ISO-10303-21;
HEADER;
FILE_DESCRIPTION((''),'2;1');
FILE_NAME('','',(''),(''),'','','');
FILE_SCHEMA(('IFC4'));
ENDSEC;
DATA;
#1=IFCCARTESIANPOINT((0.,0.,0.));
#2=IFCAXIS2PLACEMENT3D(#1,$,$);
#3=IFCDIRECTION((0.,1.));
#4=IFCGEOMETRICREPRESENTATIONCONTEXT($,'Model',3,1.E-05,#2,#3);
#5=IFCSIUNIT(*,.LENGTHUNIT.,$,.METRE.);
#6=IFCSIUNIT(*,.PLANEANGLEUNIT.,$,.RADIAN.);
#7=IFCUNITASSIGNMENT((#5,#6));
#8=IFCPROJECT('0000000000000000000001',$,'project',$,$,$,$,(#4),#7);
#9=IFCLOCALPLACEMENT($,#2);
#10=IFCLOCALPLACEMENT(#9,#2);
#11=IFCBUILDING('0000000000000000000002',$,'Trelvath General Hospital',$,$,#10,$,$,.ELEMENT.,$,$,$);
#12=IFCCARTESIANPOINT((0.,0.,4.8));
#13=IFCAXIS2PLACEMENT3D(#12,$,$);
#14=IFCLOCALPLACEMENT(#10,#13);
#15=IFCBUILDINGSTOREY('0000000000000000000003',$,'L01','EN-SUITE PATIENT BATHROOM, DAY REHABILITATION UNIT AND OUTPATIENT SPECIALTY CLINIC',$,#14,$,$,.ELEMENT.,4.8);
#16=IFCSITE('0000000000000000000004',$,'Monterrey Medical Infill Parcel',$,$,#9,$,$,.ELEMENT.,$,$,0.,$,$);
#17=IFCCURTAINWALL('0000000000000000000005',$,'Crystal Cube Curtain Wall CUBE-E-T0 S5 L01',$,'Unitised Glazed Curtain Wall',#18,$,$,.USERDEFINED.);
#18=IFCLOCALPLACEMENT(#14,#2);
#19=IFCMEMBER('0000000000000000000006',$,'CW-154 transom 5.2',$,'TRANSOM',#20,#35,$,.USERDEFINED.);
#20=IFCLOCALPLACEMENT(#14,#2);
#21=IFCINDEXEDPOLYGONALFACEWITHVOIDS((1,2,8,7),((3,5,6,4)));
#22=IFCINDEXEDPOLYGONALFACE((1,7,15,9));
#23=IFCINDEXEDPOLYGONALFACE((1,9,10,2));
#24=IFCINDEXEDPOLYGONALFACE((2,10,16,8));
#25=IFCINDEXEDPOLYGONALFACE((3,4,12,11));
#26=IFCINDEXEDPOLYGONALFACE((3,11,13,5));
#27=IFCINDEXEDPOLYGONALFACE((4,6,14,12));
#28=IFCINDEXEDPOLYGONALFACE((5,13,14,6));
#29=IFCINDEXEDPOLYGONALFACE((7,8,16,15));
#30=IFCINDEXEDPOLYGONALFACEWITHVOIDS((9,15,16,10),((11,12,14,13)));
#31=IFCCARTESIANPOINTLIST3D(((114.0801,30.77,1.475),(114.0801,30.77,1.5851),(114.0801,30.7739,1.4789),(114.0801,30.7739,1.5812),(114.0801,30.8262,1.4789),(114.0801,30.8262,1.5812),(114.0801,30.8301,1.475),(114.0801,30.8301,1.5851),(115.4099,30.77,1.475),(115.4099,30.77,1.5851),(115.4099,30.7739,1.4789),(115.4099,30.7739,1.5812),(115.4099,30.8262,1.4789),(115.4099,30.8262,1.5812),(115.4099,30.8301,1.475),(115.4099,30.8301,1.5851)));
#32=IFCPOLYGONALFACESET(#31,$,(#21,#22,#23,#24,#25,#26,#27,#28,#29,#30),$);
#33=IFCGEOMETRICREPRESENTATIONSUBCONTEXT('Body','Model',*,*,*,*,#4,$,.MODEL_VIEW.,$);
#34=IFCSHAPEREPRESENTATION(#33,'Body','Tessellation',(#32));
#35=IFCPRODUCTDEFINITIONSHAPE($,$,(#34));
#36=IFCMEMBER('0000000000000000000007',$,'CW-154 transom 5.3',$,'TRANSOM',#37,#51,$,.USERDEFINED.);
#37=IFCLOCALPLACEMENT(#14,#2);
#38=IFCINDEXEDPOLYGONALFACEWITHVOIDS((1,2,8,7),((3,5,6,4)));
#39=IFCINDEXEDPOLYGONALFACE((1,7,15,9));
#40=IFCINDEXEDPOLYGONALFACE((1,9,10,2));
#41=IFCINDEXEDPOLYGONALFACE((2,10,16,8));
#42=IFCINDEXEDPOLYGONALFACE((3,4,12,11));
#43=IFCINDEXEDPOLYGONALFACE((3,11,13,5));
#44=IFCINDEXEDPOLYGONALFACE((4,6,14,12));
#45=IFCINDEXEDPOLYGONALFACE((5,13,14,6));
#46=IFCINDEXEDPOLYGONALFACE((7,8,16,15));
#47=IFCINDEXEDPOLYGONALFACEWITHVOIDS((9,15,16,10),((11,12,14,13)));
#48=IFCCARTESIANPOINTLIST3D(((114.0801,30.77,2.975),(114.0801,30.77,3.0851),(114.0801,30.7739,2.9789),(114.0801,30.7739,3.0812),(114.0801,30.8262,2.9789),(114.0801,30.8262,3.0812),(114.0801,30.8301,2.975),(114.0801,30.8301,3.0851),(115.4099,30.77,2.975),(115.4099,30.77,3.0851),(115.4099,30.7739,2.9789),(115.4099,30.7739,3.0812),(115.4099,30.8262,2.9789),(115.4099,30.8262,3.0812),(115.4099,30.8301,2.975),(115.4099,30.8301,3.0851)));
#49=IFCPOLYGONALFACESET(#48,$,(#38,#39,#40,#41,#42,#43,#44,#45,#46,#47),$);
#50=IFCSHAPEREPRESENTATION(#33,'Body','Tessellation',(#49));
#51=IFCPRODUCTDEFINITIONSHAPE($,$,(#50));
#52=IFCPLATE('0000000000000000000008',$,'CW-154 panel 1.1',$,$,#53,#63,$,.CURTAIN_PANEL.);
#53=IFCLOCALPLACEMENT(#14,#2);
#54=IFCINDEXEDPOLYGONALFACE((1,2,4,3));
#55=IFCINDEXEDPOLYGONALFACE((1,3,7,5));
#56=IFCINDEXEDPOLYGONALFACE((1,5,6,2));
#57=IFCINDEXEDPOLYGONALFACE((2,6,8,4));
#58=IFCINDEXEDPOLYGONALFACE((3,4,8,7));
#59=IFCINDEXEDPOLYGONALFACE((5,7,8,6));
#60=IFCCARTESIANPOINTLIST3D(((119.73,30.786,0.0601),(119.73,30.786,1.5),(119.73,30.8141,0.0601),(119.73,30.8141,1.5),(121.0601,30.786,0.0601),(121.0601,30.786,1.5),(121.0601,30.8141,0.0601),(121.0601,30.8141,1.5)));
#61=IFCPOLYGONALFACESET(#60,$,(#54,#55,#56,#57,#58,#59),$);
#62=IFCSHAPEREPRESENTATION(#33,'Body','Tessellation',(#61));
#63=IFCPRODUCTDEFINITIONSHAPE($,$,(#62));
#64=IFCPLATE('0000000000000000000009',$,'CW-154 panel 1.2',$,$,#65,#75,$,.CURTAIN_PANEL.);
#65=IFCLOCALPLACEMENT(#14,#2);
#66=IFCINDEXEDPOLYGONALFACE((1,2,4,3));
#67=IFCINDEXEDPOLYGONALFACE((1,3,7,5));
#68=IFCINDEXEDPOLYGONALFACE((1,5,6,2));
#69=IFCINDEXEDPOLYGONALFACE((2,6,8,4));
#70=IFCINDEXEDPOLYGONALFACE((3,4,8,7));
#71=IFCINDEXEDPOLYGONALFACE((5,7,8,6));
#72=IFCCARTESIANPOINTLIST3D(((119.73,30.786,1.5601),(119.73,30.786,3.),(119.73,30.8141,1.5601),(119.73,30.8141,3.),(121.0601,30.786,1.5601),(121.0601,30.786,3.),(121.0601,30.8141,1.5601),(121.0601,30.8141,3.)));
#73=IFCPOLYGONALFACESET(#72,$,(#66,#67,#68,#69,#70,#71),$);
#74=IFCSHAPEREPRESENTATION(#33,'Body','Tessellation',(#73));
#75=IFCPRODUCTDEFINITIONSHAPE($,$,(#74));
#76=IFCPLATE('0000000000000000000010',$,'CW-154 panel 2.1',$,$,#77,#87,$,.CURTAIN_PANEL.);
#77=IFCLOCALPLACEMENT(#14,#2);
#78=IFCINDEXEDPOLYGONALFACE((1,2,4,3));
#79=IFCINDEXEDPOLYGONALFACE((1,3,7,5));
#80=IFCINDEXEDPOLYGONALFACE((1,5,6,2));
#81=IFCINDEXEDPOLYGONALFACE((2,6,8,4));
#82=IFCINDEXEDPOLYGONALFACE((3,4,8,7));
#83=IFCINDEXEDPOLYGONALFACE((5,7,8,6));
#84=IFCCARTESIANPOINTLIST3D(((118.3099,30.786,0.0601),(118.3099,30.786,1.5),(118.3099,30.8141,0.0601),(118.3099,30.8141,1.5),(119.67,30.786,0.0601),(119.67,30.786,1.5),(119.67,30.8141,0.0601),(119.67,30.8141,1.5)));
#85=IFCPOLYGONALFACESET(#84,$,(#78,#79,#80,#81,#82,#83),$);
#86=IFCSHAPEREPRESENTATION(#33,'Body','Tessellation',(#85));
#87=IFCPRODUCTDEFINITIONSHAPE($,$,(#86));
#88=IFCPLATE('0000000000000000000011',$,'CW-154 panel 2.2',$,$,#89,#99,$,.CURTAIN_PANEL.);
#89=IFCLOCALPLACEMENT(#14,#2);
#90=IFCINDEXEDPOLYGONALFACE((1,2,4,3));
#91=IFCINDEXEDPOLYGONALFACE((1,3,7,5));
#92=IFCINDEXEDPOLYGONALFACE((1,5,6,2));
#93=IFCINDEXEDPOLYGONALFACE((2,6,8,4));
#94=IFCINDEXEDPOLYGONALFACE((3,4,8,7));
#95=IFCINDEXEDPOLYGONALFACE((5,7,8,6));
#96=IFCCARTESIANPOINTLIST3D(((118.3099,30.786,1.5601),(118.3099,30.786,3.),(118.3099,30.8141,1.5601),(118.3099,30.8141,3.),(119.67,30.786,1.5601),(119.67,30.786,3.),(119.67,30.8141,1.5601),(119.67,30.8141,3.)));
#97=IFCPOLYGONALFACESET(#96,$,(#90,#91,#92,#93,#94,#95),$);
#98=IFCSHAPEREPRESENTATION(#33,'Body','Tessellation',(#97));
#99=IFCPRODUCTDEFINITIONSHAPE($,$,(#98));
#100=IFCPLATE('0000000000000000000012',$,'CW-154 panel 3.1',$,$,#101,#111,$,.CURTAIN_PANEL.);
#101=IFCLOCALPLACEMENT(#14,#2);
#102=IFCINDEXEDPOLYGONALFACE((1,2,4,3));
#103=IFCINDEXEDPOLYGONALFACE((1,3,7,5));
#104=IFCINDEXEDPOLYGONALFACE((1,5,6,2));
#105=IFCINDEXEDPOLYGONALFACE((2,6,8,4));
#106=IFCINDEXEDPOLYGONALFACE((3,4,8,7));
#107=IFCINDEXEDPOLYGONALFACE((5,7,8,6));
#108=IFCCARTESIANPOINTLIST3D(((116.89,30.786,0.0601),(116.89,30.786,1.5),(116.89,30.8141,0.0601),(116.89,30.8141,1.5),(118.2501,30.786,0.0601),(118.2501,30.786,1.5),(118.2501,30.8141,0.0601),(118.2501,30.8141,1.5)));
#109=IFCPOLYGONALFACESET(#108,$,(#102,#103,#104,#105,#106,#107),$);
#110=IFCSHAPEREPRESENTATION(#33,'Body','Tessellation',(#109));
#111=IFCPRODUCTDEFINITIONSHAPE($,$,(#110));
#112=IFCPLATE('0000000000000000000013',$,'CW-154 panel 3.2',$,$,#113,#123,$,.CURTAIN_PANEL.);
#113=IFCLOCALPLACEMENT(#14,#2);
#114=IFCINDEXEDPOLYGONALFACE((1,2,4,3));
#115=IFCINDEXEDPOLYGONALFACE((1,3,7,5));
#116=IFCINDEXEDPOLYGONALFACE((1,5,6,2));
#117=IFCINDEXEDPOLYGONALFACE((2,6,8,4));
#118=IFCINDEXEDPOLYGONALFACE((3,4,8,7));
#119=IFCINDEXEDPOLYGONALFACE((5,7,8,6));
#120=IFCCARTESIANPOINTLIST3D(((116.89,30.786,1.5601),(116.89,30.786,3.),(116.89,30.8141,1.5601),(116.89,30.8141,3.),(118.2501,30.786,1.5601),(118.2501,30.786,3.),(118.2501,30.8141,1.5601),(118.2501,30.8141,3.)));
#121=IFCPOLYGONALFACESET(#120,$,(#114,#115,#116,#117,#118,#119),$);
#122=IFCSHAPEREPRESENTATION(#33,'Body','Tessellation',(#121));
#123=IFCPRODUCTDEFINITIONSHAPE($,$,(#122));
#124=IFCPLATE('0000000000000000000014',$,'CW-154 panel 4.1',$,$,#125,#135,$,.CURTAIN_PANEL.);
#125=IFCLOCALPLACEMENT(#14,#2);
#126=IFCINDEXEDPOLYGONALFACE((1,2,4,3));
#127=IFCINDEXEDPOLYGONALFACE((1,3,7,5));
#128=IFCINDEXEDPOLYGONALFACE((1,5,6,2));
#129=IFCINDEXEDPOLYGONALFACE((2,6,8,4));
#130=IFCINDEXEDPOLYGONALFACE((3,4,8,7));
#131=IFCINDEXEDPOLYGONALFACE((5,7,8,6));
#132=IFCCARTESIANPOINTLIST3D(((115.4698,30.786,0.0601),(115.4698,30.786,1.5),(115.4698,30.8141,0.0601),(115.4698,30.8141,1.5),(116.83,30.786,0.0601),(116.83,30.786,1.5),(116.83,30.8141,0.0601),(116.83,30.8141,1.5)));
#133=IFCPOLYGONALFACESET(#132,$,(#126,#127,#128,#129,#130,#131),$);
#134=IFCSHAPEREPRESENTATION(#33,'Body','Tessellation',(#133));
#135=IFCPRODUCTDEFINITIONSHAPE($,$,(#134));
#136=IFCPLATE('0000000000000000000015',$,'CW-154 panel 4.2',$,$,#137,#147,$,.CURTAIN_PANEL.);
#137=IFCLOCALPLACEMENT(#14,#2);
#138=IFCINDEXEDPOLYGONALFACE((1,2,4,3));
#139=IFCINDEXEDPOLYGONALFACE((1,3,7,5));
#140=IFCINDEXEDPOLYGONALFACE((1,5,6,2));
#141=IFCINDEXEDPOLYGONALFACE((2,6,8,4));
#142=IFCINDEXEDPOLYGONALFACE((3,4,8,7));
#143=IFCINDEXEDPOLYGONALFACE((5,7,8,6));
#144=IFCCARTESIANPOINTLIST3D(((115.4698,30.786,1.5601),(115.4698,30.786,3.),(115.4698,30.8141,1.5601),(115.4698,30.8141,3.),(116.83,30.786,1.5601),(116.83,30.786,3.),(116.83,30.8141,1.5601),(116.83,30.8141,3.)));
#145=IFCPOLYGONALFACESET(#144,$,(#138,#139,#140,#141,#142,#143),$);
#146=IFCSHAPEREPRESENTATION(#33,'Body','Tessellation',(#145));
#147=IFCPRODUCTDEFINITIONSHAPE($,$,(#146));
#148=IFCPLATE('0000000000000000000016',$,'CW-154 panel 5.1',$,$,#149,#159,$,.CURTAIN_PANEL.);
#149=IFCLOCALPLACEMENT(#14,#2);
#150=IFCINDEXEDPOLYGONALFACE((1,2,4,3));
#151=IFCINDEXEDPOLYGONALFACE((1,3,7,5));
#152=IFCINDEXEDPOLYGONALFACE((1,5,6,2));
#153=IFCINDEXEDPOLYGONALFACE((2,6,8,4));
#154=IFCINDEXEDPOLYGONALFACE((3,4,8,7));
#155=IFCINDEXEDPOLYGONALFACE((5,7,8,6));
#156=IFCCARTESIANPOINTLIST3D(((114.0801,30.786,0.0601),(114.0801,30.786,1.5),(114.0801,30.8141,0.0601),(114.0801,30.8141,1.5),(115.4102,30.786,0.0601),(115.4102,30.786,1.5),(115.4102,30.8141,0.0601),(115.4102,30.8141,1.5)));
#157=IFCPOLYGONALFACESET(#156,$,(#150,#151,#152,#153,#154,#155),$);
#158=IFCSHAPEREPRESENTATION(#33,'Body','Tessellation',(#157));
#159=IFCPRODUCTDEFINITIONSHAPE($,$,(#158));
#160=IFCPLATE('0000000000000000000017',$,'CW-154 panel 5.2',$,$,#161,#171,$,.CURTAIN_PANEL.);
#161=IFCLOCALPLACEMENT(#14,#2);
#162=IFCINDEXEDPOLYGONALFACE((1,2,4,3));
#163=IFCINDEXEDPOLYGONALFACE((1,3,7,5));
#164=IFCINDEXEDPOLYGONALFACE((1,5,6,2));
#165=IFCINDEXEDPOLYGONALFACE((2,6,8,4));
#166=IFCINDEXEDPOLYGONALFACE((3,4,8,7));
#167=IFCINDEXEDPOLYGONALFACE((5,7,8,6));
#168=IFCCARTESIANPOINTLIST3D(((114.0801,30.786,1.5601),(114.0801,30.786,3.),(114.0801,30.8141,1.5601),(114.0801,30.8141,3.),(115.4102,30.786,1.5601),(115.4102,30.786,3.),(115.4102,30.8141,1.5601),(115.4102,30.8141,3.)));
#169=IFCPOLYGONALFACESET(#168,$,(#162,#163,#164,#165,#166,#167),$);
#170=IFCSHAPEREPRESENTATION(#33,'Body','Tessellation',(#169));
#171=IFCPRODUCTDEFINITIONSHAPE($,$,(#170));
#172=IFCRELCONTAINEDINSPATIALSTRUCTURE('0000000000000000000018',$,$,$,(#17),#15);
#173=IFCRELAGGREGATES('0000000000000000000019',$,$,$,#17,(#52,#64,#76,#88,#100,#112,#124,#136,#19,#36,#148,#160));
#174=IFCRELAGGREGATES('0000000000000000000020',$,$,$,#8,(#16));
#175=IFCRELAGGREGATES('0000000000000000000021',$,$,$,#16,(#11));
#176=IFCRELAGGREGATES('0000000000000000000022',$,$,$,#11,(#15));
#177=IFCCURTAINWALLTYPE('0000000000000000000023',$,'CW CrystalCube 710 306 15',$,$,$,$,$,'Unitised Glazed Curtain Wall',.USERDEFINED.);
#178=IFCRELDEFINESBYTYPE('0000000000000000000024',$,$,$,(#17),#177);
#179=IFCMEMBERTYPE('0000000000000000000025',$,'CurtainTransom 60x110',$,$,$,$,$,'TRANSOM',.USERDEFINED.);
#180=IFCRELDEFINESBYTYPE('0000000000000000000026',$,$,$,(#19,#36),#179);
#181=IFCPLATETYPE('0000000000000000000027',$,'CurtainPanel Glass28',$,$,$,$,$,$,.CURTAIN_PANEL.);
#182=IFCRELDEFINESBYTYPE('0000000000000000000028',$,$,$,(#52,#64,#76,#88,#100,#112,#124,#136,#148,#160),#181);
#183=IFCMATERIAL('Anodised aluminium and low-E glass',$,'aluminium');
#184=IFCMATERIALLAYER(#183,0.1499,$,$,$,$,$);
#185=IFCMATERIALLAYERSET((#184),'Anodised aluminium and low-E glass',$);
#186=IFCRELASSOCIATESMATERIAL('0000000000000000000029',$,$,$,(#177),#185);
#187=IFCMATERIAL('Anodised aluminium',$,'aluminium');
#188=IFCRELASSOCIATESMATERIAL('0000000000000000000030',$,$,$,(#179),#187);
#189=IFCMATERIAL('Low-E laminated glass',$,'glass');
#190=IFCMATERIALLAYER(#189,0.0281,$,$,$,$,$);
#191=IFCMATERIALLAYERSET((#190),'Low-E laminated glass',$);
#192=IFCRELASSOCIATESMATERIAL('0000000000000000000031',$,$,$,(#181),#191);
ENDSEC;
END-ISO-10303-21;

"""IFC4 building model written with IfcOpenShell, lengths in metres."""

from ifc_helpers import new_model, si_unit, direction, frame, origin, origin_2d, place, context, subcontext, project, spatial, rectangle, hollow_rectangle, extrude, material, layer, layer_set, material_profile, profile_set, type_object, element, aggregate, save


model = new_model("IFC4")

# Units and contexts
model_context = context("Model", 3, precision=1e-05, world=origin(), true_north=direction((0.0, 1.0)))
body_context = subcontext(model_context, "Body", "Model", "MODEL_VIEW")
ifc_project = project(units=[si_unit("LENGTHUNIT", "METRE"), si_unit("PLANEANGLEUNIT", "RADIAN")], contexts=[model_context])

# Site, building, storey
site_placement = place(None, origin())
site = spatial("IfcSite", under=ifc_project, at=site_placement, Name="Monterrey Medical Infill Parcel", CompositionType="ELEMENT", RefElevation=0.0)
building_placement = place(site_placement, origin())
building = spatial("IfcBuilding", under=site, at=building_placement, Name="Trelvath General Hospital", CompositionType="ELEMENT")
storey_placement = place(building_placement, frame((0.0, 0.0, 4.8)))
storey = spatial("IfcBuildingStorey", under=building, at=storey_placement, Name="L01", Description="EN-SUITE PATIENT BATHROOM, DAY REHABILITATION UNIT AND OUTPATIENT SPECIALTY CLINIC", CompositionType="ELEMENT", Elevation=4.8)

# Curtain wall
ifc_material_1 = material(Name="Anodised aluminium and low-E glass", Category="aluminium")
ifc_layer_1 = layer(ifc_material_1, 0.1499)
ifc_layer_set_1 = layer_set([ifc_layer_1], Name="Anodised aluminium and low-E glass")
curtain_wall_type_1 = type_object("IfcCurtainWallType", Name="CW CrystalCube 710 306 15", ElementType="Unitised Glazed Curtain Wall", PredefinedType="USERDEFINED", material=ifc_layer_set_1)
curtain_wall_1_placement = place(storey_placement, origin())
curtain_wall_1 = element("IfcCurtainWall", 1, at=curtain_wall_1_placement, inside=storey, type_object=curtain_wall_type_1, Name="Crystal Cube Curtain Wall CUBE-E-T0 S5 L01", ObjectType="Unitised Glazed Curtain Wall", PredefinedType="USERDEFINED")

# Members
ifc_material_2 = material(Name="Anodised aluminium", Category="aluminium")
ifc_material_profile_1 = material_profile(ifc_material_2, hollow_rectangle(XDim=0.0601, YDim=0.1101, WallThickness=0.0039, at=origin_2d()), Name="RHS60x110x4")
ifc_profile_set_1 = profile_set([ifc_material_profile_1], Name="Anodised aluminium")
member_type_1 = type_object("IfcMemberType", Name="CurtainTransom 60x110", ElementType="TRANSOM", PredefinedType="USERDEFINED", material=ifc_profile_set_1)
member_1_placement = place(storey_placement, frame((115.4099, 30.8, 1.53), z_axis=(-1.0, 0.0, 0.0), x_axis=(0.0, -1.0, 0.0)))
member_1 = element("IfcMember", 2, at=member_1_placement, type_object=member_type_1, Name="CW-154 transom 5.2", ObjectType="TRANSOM", PredefinedType="USERDEFINED", context=body_context, shape_type="SweptSolid", body=[
    extrude(hollow_rectangle(XDim=0.0601, YDim=0.1101, WallThickness=0.0039, at=origin_2d()), origin(), (0.0, 0.0, 1.0), 1.3298),
])
member_2_placement = place(storey_placement, frame((115.4099, 30.8, 3.03), z_axis=(-1.0, 0.0, 0.0), x_axis=(0.0, -1.0, 0.0)))
member_2 = element("IfcMember", 3, at=member_2_placement, type_object=member_type_1, Name="CW-154 transom 5.3", ObjectType="TRANSOM", PredefinedType="USERDEFINED", context=body_context, shape_type="SweptSolid", body=[
    extrude(hollow_rectangle(XDim=0.0601, YDim=0.1101, WallThickness=0.0039, at=origin_2d()), origin(), (0.0, 0.0, 1.0), 1.3298),
])

# Plates
ifc_material_3 = material(Name="Low-E laminated glass", Category="glass")
ifc_layer_2 = layer(ifc_material_3, 0.0281)
ifc_layer_set_2 = layer_set([ifc_layer_2], Name="Low-E laminated glass")
plate_type = type_object("IfcPlateType", Name="CurtainPanel Glass28", PredefinedType="CURTAIN_PANEL", material=ifc_layer_set_2)
plate_1_placement = place(storey_placement, frame((120.395, 30.8, 0.0601), z_axis=(0.0, 0.0, 1.0), x_axis=(-1.0, 0.0, 0.0)))
plate_1 = element("IfcPlate", 4, at=plate_1_placement, type_object=plate_type, Name="CW-154 panel 1.1", PredefinedType="CURTAIN_PANEL", context=body_context, shape_type="SweptSolid", body=[
    extrude(rectangle(XDim=1.3301, YDim=0.0281, at=origin_2d()), origin(), (0.0, 0.0, 1.0), 1.4399),
])
plate_2_placement = place(storey_placement, frame((120.395, 30.8, 1.5601), z_axis=(0.0, 0.0, 1.0), x_axis=(-1.0, 0.0, 0.0)))
plate_2 = element("IfcPlate", 5, at=plate_2_placement, type_object=plate_type, Name="CW-154 panel 1.2", PredefinedType="CURTAIN_PANEL", context=body_context, shape_type="SweptSolid", body=[
    extrude(rectangle(XDim=1.3301, YDim=0.0281, at=origin_2d()), origin(), (0.0, 0.0, 1.0), 1.4399),
])
plate_3_placement = place(storey_placement, frame((118.99, 30.8, 0.0601), z_axis=(0.0, 0.0, 1.0), x_axis=(-1.0, 0.0, 0.0)))
plate_3 = element("IfcPlate", 6, at=plate_3_placement, type_object=plate_type, Name="CW-154 panel 2.1", PredefinedType="CURTAIN_PANEL", context=body_context, shape_type="SweptSolid", body=[
    extrude(rectangle(XDim=1.3601, YDim=0.0281, at=origin_2d()), origin(), (0.0, 0.0, 1.0), 1.4399),
])
plate_4_placement = place(storey_placement, frame((118.99, 30.8, 1.5601), z_axis=(0.0, 0.0, 1.0), x_axis=(-1.0, 0.0, 0.0)))
plate_4 = element("IfcPlate", 7, at=plate_4_placement, type_object=plate_type, Name="CW-154 panel 2.2", PredefinedType="CURTAIN_PANEL", context=body_context, shape_type="SweptSolid", body=[
    extrude(rectangle(XDim=1.3601, YDim=0.0281, at=origin_2d()), origin(), (0.0, 0.0, 1.0), 1.4399),
])
plate_5_placement = place(storey_placement, frame((117.5701, 30.8, 0.0601), z_axis=(0.0, 0.0, 1.0), x_axis=(-1.0, 0.0, 0.0)))
plate_5 = element("IfcPlate", 8, at=plate_5_placement, type_object=plate_type, Name="CW-154 panel 3.1", PredefinedType="CURTAIN_PANEL", context=body_context, shape_type="SweptSolid", body=[
    extrude(rectangle(XDim=1.3601, YDim=0.0281, at=origin_2d()), origin(), (0.0, 0.0, 1.0), 1.4399),
])
plate_6_placement = place(storey_placement, frame((117.5701, 30.8, 1.5601), z_axis=(0.0, 0.0, 1.0), x_axis=(-1.0, 0.0, 0.0)))
plate_6 = element("IfcPlate", 9, at=plate_6_placement, type_object=plate_type, Name="CW-154 panel 3.2", PredefinedType="CURTAIN_PANEL", context=body_context, shape_type="SweptSolid", body=[
    extrude(rectangle(XDim=1.3601, YDim=0.0281, at=origin_2d()), origin(), (0.0, 0.0, 1.0), 1.4399),
])
plate_7_placement = place(storey_placement, frame((116.1499, 30.8, 0.0601), z_axis=(0.0, 0.0, 1.0), x_axis=(-1.0, 0.0, 0.0)))
plate_7 = element("IfcPlate", 10, at=plate_7_placement, type_object=plate_type, Name="CW-154 panel 4.1", PredefinedType="CURTAIN_PANEL", context=body_context, shape_type="SweptSolid", body=[
    extrude(rectangle(XDim=1.3601, YDim=0.0281, at=origin_2d()), origin(), (0.0, 0.0, 1.0), 1.4399),
])
plate_8_placement = place(storey_placement, frame((116.1499, 30.8, 1.5601), z_axis=(0.0, 0.0, 1.0), x_axis=(-1.0, 0.0, 0.0)))
plate_8 = element("IfcPlate", 11, at=plate_8_placement, type_object=plate_type, Name="CW-154 panel 4.2", PredefinedType="CURTAIN_PANEL", context=body_context, shape_type="SweptSolid", body=[
    extrude(rectangle(XDim=1.3601, YDim=0.0281, at=origin_2d()), origin(), (0.0, 0.0, 1.0), 1.4399),
])
plate_9_placement = place(storey_placement, frame((114.7451, 30.8, 0.0601), z_axis=(0.0, 0.0, 1.0), x_axis=(-1.0, 0.0, 0.0)))
plate_9 = element("IfcPlate", 12, at=plate_9_placement, type_object=plate_type, Name="CW-154 panel 5.1", PredefinedType="CURTAIN_PANEL", context=body_context, shape_type="SweptSolid", body=[
    extrude(rectangle(XDim=1.3301, YDim=0.0281, at=origin_2d()), origin(), (0.0, 0.0, 1.0), 1.4399),
])
plate_10_placement = place(storey_placement, frame((114.7451, 30.8, 1.5601), z_axis=(0.0, 0.0, 1.0), x_axis=(-1.0, 0.0, 0.0)))
plate_10 = element("IfcPlate", 13, at=plate_10_placement, type_object=plate_type, Name="CW-154 panel 5.2", PredefinedType="CURTAIN_PANEL", context=body_context, shape_type="SweptSolid", body=[
    extrude(rectangle(XDim=1.3301, YDim=0.0281, at=origin_2d()), origin(), (0.0, 0.0, 1.0), 1.4399),
])
aggregate(curtain_wall_1, [plate_1, plate_2, plate_3, plate_4, plate_5, plate_6, plate_7, plate_8, member_1, member_2, plate_9, plate_10])

save(model, "model.ifc")
